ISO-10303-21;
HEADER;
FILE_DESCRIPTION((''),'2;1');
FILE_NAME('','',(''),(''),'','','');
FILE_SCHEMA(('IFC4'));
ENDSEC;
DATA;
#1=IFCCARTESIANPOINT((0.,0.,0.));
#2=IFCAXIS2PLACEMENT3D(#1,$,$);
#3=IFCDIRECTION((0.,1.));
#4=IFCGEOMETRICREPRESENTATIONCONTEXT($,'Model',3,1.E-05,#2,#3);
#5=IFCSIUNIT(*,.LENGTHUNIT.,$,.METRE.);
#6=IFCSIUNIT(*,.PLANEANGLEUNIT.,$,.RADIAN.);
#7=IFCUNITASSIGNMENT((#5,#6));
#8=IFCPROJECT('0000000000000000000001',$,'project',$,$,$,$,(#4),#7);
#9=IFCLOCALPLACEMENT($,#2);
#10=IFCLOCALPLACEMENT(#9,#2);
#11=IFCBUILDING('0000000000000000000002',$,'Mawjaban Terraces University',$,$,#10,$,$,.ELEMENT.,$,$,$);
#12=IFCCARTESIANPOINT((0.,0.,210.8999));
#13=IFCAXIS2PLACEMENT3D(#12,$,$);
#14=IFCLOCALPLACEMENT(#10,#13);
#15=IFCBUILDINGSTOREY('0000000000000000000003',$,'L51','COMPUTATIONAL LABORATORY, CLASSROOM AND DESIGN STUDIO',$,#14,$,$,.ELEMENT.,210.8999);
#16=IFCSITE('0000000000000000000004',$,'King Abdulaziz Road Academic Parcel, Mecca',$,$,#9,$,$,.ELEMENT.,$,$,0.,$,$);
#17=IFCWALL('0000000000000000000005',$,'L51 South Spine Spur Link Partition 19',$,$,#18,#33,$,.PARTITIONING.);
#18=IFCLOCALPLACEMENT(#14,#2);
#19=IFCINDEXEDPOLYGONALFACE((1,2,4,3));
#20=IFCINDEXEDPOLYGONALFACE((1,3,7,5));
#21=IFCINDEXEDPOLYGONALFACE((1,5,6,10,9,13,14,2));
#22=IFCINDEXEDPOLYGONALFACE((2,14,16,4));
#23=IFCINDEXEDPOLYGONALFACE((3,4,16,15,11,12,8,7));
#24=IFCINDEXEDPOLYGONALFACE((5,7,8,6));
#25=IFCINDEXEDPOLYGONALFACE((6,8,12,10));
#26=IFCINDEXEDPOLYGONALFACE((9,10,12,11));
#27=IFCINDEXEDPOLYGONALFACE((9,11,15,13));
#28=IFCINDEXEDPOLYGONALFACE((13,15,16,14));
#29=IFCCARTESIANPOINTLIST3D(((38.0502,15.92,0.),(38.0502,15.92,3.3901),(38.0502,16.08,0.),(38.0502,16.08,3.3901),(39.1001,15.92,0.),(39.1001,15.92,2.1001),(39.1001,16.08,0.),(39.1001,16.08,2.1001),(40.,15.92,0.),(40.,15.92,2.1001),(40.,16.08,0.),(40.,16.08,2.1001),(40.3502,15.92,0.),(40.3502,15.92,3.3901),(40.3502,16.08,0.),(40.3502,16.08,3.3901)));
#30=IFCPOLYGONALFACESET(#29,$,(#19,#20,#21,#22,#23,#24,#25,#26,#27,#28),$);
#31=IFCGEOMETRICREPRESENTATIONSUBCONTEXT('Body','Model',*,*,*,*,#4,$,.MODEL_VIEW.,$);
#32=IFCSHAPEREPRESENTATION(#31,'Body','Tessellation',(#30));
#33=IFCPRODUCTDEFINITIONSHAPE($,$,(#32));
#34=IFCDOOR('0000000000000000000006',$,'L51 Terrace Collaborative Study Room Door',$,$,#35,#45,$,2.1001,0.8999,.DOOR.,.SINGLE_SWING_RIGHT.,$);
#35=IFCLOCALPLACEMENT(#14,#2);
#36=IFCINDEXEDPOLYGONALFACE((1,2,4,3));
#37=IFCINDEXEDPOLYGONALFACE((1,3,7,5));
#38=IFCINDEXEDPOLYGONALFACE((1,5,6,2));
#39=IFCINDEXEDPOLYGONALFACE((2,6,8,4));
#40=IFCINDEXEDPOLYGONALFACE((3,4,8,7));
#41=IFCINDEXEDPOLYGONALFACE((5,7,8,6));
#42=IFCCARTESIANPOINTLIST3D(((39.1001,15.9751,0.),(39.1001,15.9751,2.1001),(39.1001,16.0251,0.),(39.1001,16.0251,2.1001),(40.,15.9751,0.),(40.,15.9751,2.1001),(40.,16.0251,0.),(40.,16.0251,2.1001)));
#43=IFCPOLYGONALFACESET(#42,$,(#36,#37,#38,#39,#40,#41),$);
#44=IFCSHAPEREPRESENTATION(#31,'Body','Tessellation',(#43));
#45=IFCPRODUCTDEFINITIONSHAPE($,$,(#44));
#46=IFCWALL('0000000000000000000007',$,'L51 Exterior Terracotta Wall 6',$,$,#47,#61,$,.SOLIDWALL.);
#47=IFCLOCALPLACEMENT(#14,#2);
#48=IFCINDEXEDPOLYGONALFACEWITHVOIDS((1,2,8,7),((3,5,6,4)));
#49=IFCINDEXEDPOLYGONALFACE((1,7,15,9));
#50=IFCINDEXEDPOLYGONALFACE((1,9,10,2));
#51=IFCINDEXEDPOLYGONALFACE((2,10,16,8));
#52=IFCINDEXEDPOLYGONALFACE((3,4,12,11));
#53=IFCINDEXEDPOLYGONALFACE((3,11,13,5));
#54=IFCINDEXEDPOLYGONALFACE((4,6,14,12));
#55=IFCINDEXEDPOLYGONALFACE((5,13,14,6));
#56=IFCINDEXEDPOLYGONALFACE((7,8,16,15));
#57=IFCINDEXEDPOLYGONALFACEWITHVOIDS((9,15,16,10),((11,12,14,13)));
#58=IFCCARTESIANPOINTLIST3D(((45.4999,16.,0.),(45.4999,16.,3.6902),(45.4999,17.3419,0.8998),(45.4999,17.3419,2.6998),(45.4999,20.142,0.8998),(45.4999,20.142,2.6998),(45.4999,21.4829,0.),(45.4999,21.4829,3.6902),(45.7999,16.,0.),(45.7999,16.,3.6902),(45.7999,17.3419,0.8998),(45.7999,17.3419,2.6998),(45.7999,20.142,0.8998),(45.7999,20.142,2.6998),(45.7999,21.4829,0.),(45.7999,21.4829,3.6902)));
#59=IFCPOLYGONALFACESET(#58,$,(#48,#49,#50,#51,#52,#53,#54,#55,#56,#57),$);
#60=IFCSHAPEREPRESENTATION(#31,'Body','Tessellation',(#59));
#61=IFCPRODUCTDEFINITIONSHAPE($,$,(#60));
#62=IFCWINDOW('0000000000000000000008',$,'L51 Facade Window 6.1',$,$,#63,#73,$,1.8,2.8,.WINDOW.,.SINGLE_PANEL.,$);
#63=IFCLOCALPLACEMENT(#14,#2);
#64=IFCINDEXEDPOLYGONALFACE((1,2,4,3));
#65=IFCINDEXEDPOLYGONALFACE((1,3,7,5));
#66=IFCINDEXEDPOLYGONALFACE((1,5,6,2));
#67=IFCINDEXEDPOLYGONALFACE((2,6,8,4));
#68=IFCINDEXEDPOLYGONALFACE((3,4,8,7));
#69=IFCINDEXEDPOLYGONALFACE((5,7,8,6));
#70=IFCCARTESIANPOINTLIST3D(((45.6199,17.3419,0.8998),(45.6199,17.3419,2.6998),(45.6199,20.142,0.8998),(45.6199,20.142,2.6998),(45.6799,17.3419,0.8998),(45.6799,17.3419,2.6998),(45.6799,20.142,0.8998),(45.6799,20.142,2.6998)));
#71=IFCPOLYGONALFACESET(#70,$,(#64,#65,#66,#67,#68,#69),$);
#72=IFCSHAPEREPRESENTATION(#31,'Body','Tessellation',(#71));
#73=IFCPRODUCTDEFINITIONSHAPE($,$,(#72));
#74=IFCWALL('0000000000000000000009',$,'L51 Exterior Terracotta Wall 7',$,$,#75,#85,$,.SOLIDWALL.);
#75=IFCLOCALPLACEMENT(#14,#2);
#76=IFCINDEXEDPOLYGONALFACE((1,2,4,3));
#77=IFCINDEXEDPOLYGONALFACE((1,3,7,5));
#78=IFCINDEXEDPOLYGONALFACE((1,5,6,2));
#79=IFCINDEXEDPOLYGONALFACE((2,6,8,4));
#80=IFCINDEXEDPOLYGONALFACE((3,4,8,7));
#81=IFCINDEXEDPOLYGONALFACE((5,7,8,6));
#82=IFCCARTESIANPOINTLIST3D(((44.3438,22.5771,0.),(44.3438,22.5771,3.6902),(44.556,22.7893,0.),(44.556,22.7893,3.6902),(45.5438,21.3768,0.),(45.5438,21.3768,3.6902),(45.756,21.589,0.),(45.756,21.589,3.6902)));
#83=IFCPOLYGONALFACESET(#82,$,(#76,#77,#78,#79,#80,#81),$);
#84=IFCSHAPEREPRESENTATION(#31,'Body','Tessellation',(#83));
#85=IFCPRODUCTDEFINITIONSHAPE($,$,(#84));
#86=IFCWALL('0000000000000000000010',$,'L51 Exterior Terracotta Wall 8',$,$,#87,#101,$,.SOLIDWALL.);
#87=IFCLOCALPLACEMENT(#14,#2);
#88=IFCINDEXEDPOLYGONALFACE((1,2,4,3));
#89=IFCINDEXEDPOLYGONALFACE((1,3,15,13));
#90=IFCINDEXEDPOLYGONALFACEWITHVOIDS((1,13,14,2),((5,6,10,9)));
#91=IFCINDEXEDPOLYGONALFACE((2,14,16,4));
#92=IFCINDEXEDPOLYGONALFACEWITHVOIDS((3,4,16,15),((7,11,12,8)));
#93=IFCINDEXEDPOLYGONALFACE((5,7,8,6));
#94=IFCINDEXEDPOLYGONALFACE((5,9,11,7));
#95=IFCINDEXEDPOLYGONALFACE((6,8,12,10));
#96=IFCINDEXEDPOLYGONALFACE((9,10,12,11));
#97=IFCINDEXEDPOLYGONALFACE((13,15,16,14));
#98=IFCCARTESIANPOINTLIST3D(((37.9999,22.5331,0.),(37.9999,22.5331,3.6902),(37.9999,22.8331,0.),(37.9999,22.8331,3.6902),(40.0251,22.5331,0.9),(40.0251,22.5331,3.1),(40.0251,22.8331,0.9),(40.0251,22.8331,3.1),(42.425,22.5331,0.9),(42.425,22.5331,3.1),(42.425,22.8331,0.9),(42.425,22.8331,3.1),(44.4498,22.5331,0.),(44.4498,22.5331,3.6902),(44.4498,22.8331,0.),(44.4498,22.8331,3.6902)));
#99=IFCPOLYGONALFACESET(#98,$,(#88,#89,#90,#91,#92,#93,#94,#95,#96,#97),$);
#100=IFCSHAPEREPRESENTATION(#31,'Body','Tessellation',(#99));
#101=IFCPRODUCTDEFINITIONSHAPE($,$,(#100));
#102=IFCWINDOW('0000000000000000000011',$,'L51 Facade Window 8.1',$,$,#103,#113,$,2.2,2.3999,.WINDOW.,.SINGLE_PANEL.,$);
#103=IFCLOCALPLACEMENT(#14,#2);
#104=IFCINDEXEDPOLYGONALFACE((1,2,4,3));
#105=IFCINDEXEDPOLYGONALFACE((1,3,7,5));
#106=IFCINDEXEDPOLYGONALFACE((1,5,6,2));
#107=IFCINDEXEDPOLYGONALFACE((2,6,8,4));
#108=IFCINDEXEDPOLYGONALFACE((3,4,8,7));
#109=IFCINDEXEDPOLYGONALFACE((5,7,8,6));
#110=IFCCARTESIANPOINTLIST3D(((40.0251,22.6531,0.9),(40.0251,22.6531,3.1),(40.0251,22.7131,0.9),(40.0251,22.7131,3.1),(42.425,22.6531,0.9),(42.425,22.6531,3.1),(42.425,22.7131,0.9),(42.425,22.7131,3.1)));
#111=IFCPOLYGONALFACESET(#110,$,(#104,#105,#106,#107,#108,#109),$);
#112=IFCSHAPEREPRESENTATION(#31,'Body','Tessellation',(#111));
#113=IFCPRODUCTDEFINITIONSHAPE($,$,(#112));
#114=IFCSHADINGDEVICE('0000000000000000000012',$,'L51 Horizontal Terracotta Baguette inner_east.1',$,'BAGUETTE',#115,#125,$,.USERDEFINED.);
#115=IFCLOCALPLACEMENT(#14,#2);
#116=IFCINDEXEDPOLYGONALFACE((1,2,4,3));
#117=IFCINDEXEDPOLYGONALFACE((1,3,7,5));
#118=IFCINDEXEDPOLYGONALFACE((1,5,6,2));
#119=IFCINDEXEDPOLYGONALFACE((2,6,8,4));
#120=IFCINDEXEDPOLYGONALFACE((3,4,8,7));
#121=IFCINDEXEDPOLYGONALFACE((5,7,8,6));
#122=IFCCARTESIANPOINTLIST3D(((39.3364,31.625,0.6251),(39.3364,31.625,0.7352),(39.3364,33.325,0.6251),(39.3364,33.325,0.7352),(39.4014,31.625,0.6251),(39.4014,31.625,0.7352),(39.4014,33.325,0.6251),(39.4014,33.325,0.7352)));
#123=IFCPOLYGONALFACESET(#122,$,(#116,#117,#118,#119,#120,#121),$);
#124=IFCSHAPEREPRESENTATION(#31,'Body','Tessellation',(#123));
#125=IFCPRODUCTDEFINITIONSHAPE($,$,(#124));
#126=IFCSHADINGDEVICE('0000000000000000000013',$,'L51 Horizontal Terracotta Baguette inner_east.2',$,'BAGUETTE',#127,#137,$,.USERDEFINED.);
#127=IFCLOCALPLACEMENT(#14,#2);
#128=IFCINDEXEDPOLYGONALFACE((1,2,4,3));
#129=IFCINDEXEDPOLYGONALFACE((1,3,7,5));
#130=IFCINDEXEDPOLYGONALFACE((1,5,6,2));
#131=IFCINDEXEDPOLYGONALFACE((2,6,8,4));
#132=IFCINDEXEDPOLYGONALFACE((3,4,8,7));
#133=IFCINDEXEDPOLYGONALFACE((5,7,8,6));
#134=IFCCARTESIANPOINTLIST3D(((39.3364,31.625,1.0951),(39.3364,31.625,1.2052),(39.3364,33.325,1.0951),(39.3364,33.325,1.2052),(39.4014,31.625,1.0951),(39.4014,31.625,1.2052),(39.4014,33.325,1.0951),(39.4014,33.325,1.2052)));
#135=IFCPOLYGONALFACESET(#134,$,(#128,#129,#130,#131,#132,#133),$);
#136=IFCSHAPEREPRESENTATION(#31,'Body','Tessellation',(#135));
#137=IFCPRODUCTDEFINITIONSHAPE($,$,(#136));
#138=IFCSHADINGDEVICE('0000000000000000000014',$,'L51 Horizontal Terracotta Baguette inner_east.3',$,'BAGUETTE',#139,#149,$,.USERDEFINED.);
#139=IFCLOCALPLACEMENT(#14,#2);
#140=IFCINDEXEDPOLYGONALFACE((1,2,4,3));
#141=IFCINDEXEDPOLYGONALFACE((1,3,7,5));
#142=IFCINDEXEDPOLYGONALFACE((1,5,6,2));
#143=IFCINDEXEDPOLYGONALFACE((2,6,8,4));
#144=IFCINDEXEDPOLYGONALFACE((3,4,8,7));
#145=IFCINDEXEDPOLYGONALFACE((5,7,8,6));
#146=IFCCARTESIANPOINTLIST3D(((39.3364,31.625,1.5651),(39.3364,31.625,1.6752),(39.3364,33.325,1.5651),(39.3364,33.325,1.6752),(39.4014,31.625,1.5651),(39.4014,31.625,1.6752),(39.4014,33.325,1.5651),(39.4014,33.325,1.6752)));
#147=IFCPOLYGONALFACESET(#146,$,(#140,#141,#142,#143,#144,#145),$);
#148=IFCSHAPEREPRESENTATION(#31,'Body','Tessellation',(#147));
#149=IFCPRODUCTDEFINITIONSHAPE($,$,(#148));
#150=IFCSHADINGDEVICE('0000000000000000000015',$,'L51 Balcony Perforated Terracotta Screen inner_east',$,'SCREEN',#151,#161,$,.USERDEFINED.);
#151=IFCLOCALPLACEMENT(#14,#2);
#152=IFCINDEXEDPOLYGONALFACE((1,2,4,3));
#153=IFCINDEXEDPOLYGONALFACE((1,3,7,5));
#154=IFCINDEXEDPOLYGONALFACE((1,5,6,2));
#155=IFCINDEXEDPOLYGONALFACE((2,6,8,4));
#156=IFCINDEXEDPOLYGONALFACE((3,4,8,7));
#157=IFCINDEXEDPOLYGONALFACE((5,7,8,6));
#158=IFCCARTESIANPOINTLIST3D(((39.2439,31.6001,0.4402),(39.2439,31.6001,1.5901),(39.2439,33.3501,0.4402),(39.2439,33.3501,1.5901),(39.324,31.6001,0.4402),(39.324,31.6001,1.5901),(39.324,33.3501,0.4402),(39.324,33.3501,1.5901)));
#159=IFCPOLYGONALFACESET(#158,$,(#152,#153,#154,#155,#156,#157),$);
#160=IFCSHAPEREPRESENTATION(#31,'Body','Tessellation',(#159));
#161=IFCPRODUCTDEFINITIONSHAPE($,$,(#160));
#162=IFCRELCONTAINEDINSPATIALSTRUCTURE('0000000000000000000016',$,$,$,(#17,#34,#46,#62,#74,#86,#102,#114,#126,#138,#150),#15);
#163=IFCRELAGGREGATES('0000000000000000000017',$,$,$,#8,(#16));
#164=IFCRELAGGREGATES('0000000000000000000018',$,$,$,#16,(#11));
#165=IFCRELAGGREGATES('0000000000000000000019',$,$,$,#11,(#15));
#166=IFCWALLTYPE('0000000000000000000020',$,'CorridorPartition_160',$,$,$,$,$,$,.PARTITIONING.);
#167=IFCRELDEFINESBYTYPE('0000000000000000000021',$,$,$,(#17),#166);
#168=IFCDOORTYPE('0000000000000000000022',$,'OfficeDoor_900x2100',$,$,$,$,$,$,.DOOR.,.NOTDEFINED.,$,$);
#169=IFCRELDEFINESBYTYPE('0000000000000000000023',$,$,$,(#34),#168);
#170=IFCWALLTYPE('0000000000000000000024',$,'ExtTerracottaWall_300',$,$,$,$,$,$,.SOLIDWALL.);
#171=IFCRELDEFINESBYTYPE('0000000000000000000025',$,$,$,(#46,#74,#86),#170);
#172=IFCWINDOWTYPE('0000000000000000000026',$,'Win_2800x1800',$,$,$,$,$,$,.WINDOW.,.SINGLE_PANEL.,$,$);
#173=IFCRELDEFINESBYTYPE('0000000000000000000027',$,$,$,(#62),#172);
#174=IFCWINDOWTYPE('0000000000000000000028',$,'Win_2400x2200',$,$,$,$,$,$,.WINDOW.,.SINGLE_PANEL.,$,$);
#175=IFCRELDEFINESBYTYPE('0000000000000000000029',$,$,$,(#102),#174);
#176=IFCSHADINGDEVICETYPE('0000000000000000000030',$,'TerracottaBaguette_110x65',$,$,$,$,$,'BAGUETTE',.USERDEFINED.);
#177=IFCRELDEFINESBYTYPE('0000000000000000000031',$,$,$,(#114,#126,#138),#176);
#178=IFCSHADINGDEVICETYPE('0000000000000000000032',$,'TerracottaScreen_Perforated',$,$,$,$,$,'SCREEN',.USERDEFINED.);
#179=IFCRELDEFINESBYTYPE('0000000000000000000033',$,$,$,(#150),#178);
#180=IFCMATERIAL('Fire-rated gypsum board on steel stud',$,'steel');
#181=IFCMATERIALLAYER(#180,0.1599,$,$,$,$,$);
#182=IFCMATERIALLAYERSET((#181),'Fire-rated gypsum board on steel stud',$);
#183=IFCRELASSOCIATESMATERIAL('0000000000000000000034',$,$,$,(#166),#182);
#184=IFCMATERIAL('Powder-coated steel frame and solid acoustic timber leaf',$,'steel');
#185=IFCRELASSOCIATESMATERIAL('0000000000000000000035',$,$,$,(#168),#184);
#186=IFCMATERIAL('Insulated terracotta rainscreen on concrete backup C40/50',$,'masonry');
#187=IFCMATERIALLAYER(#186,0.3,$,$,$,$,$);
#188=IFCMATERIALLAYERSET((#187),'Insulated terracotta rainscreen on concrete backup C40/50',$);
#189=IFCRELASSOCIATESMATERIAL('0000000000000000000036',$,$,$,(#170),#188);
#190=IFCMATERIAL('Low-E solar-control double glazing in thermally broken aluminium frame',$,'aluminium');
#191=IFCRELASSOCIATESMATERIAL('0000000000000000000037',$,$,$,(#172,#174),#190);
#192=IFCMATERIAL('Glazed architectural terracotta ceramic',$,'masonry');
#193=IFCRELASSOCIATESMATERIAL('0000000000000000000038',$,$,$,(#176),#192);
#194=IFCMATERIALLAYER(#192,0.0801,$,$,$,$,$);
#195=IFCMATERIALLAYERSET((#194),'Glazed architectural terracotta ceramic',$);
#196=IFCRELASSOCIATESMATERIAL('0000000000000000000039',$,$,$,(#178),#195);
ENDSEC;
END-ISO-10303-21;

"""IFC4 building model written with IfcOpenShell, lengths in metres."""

from ifc_helpers import new_model, si_unit, direction, frame, frame_2d, origin, origin_2d, place, context, subcontext, project, spatial, rectangle, extrude, material, layer, layer_set, material_profile, profile_set, type_object, element, fill, save


model = new_model("IFC4")

# Units and contexts
model_context = context("Model", 3, precision=1e-05, world=origin(), true_north=direction((0.0, 1.0)))
body_context = subcontext(model_context, "Body", "Model", "MODEL_VIEW")
ifc_project = project(units=[si_unit("LENGTHUNIT", "METRE"), si_unit("PLANEANGLEUNIT", "RADIAN")], contexts=[model_context])

# Site, building, storey
site_placement = place(None, origin())
site = spatial("IfcSite", under=ifc_project, at=site_placement, Name="King Abdulaziz Road Academic Parcel, Mecca", CompositionType="ELEMENT", RefElevation=0.0)
building_placement = place(site_placement, origin())
building = spatial("IfcBuilding", under=site, at=building_placement, Name="Mawjaban Terraces University", CompositionType="ELEMENT")
storey_placement = place(building_placement, frame((0.0, 0.0, 210.8999)))
storey = spatial("IfcBuildingStorey", under=building, at=storey_placement, Name="L51", Description="COMPUTATIONAL LABORATORY, CLASSROOM AND DESIGN STUDIO", CompositionType="ELEMENT", Elevation=210.8999)

# Wall, opening, door
ifc_material_1 = material(Name="Fire-rated gypsum board on steel stud", Category="steel")
ifc_layer_1 = layer(ifc_material_1, 0.1599)
ifc_layer_set_1 = layer_set([ifc_layer_1], Name="Fire-rated gypsum board on steel stud")
wall_type_1 = type_object("IfcWallType", Name="CorridorPartition_160", PredefinedType="PARTITIONING", material=ifc_layer_set_1)
wall_1_placement = place(storey_placement, frame((40.3501, 16.0, 0.0), z_axis=(0.0, 0.0, 1.0), x_axis=(-1.0, 0.0, 0.0)))
wall_1 = element("IfcWall", 1, at=wall_1_placement, inside=storey, type_object=wall_type_1, Name="L51 South Spine Spur Link Partition 19", PredefinedType="PARTITIONING", context=body_context, shape_type="SweptSolid", body=[
    extrude(rectangle(XDim=2.3, YDim=0.1599, at=frame_2d((1.1499, 0.0))), origin(), (0.0, 0.0, 1.0), 3.3901),
])
opening_1_placement = place(wall_1_placement, frame((0.3501, 0.0, 0.0)))
opening_1 = element("IfcOpeningElement", 2, at=opening_1_placement, cuts=wall_1, PredefinedType="OPENING", context=body_context, shape_type="SweptSolid", body=[
    extrude(rectangle(XDim=0.8999, YDim=2.1001, at=frame_2d((0.45, 1.05))), frame((0.0, 0.0898, 0.0), z_axis=(0.0, -1.0, 0.0), x_axis=(1.0, 0.0, 0.0)), (0.0, 0.0, 1.0), 0.1799),
])
ifc_material_2 = material(Name="Powder-coated steel frame and solid acoustic timber leaf", Category="steel")
door_type = type_object("IfcDoorType", Name="OfficeDoor_900x2100", OperationType="NOTDEFINED", PredefinedType="DOOR", material=ifc_material_2)
door_placement = place(opening_1_placement, origin())
door = element("IfcDoor", 3, at=door_placement, inside=storey, type_object=door_type, Name="L51 Terrace Collaborative Study Room Door", OperationType="SINGLE_SWING_RIGHT", OverallHeight=2.1001, OverallWidth=0.8999, PredefinedType="DOOR", context=body_context, shape_type="SweptSolid", body=[
    extrude(rectangle(XDim=0.8999, YDim=2.1001, at=frame_2d((0.45, 1.05))), frame((0.0, 0.0249, 0.0), z_axis=(0.0, -1.0, 0.0), x_axis=(1.0, 0.0, 0.0)), (0.0, 0.0, 1.0), 0.05),
])
fill(opening_1, door)

# Wall, opening, window
ifc_material_3 = material(Name="Insulated terracotta rainscreen on concrete backup C40/50", Category="masonry")
ifc_layer_2 = layer(ifc_material_3, 0.3)
ifc_layer_set_2 = layer_set([ifc_layer_2], Name="Insulated terracotta rainscreen on concrete backup C40/50")
wall_type_2 = type_object("IfcWallType", Name="ExtTerracottaWall_300", PredefinedType="SOLIDWALL", material=ifc_layer_set_2)
wall_2_placement = place(storey_placement, frame((45.6499, 16.0, 0.0), z_axis=(0.0, 0.0, 1.0), x_axis=(0.0, 1.0, 0.0)))
wall_2 = element("IfcWall", 4, at=wall_2_placement, inside=storey, type_object=wall_type_2, Name="L51 Exterior Terracotta Wall 6", PredefinedType="SOLIDWALL", context=body_context, shape_type="SweptSolid", body=[
    extrude(rectangle(XDim=5.4829, YDim=0.3, at=frame_2d((2.7415, 0.0))), origin(), (0.0, 0.0, 1.0), 3.6902),
])
opening_2_placement = place(wall_2_placement, frame((1.342, 0.0, 0.8999)))
opening_2 = element("IfcOpeningElement", 5, at=opening_2_placement, cuts=wall_2, PredefinedType="OPENING", context=body_context, shape_type="SweptSolid", body=[
    extrude(rectangle(XDim=2.8, YDim=1.8, at=frame_2d((1.3999, 0.8999))), frame((0.0, 0.1599, 0.0), z_axis=(0.0, -1.0, 0.0), x_axis=(1.0, 0.0, 0.0)), (0.0, 0.0, 1.0), 0.3201),
])
ifc_material_4 = material(Name="Low-E solar-control double glazing in thermally broken aluminium frame", Category="aluminium")
window_type_1 = type_object("IfcWindowType", Name="Win_2800x1800", PartitioningType="SINGLE_PANEL", PredefinedType="WINDOW", material=ifc_material_4)
window_1_placement = place(opening_2_placement, origin())
window_1 = element("IfcWindow", 6, at=window_1_placement, inside=storey, type_object=window_type_1, Name="L51 Facade Window 6.1", OverallHeight=1.8, OverallWidth=2.8, PartitioningType="SINGLE_PANEL", PredefinedType="WINDOW", context=body_context, shape_type="SweptSolid", body=[
    extrude(rectangle(XDim=2.8, YDim=1.8, at=frame_2d((1.3999, 0.8999))), frame((0.0, 0.03, 0.0), z_axis=(0.0, -1.0, 0.0), x_axis=(1.0, 0.0, 0.0)), (0.0, 0.0, 1.0), 0.0601),
])
fill(opening_2, window_1)

# Wall
wall_3_placement = place(storey_placement, frame((45.6499, 21.4829, 0.0), z_axis=(0.0, 0.0, 1.0), x_axis=(-0.707035, 0.707179, 0.0)))
element("IfcWall", 7, at=wall_3_placement, inside=storey, type_object=wall_type_2, Name="L51 Exterior Terracotta Wall 7", PredefinedType="SOLIDWALL", context=body_context, shape_type="SweptSolid", body=[
    extrude(rectangle(XDim=1.6973, YDim=0.3, at=frame_2d((0.8486, 0.0))), origin(), (0.0, 0.0, 1.0), 3.6902),
])

# Wall, opening, window
wall_4_placement = place(storey_placement, frame((44.45, 22.6831, 0.0), z_axis=(0.0, 0.0, 1.0), x_axis=(-1.0, 0.0, 0.0)))
wall_4 = element("IfcWall", 8, at=wall_4_placement, inside=storey, type_object=wall_type_2, Name="L51 Exterior Terracotta Wall 8", PredefinedType="SOLIDWALL", context=body_context, shape_type="SweptSolid", body=[
    extrude(rectangle(XDim=6.45, YDim=0.3, at=frame_2d((3.2251, 0.0))), origin(), (0.0, 0.0, 1.0), 3.6902),
])
opening_3_placement = place(wall_4_placement, frame((2.0249, 0.0, 0.8999)))
opening_3 = element("IfcOpeningElement", 9, at=opening_3_placement, cuts=wall_4, PredefinedType="OPENING", context=body_context, shape_type="SweptSolid", body=[
    extrude(rectangle(XDim=2.3999, YDim=2.2, at=frame_2d((1.2, 1.1001))), frame((0.0, 0.1599, 0.0), z_axis=(0.0, -1.0, 0.0), x_axis=(1.0, 0.0, 0.0)), (0.0, 0.0, 1.0), 0.3201),
])
window_type_2 = type_object("IfcWindowType", Name="Win_2400x2200", PartitioningType="SINGLE_PANEL", PredefinedType="WINDOW", material=ifc_material_4)
window_2_placement = place(opening_3_placement, origin())
window_2 = element("IfcWindow", 10, at=window_2_placement, inside=storey, type_object=window_type_2, Name="L51 Facade Window 8.1", OverallHeight=2.2, OverallWidth=2.3999, PartitioningType="SINGLE_PANEL", PredefinedType="WINDOW", context=body_context, shape_type="SweptSolid", body=[
    extrude(rectangle(XDim=2.3999, YDim=2.2, at=frame_2d((1.2, 1.1001))), frame((0.0, 0.03, 0.0), z_axis=(0.0, -1.0, 0.0), x_axis=(1.0, 0.0, 0.0)), (0.0, 0.0, 1.0), 0.0601),
])
fill(opening_3, window_2)

# Shading devices
ifc_material_5 = material(Name="Glazed architectural terracotta ceramic", Category="masonry")
ifc_material_profile_1 = material_profile(ifc_material_5, rectangle(XDim=0.0649, YDim=0.1101, at=origin_2d()), Name="TBAG110X65")
ifc_profile_set_1 = profile_set([ifc_material_profile_1], Name="Glazed architectural terracotta ceramic")
shading_device_type_1 = type_object("IfcShadingDeviceType", Name="TerracottaBaguette_110x65", ElementType="BAGUETTE", PredefinedType="USERDEFINED", material=ifc_profile_set_1)
for number, where, z_axis, x_axis, name in (
    (11, (39.3689, 31.625, 0.6802), (0.0, 1.0, 0.0), (-1.0, 0.0, 0.0), "L51 Horizontal Terracotta Baguette inner_east.1"),
    (12, (39.3689, 31.625, 1.1501), (0.0, 1.0, 0.0), (-1.0, 0.0, 0.0), "L51 Horizontal Terracotta Baguette inner_east.2"),
    (13, (39.3689, 31.625, 1.6201), (0.0, 1.0, 0.0), (-1.0, 0.0, 0.0), "L51 Horizontal Terracotta Baguette inner_east.3"),
):
    element("IfcShadingDevice", number, at=place(storey_placement, frame(where, z_axis=z_axis, x_axis=x_axis)), inside=storey, type_object=shading_device_type_1, Name=name, ObjectType="BAGUETTE", PredefinedType="USERDEFINED", context=body_context, shape_type="SweptSolid", body=[
        extrude(rectangle(XDim=0.0649, YDim=0.1101, at=origin_2d()), origin(), (0.0, 0.0, 1.0), 1.7),
    ])
ifc_layer_3 = layer(ifc_material_5, 0.0801)
ifc_layer_set_3 = layer_set([ifc_layer_3], Name="Glazed architectural terracotta ceramic")
shading_device_type_2 = type_object("IfcShadingDeviceType", Name="TerracottaScreen_Perforated", ElementType="SCREEN", PredefinedType="USERDEFINED", material=ifc_layer_set_3)
shading_device_placement = place(storey_placement, frame((39.2839, 32.4751, 0.4402), z_axis=(0.0, 0.0, 1.0), x_axis=(0.0, 1.0, 0.0)))
element("IfcShadingDevice", 14, at=shading_device_placement, inside=storey, type_object=shading_device_type_2, Name="L51 Balcony Perforated Terracotta Screen inner_east", ObjectType="SCREEN", PredefinedType="USERDEFINED", context=body_context, shape_type="SweptSolid", body=[
    extrude(rectangle(XDim=1.75, YDim=0.0801, at=origin_2d()), origin(), (0.0, 0.0, 1.0), 1.1499),
])

save(model, "model.ifc")
